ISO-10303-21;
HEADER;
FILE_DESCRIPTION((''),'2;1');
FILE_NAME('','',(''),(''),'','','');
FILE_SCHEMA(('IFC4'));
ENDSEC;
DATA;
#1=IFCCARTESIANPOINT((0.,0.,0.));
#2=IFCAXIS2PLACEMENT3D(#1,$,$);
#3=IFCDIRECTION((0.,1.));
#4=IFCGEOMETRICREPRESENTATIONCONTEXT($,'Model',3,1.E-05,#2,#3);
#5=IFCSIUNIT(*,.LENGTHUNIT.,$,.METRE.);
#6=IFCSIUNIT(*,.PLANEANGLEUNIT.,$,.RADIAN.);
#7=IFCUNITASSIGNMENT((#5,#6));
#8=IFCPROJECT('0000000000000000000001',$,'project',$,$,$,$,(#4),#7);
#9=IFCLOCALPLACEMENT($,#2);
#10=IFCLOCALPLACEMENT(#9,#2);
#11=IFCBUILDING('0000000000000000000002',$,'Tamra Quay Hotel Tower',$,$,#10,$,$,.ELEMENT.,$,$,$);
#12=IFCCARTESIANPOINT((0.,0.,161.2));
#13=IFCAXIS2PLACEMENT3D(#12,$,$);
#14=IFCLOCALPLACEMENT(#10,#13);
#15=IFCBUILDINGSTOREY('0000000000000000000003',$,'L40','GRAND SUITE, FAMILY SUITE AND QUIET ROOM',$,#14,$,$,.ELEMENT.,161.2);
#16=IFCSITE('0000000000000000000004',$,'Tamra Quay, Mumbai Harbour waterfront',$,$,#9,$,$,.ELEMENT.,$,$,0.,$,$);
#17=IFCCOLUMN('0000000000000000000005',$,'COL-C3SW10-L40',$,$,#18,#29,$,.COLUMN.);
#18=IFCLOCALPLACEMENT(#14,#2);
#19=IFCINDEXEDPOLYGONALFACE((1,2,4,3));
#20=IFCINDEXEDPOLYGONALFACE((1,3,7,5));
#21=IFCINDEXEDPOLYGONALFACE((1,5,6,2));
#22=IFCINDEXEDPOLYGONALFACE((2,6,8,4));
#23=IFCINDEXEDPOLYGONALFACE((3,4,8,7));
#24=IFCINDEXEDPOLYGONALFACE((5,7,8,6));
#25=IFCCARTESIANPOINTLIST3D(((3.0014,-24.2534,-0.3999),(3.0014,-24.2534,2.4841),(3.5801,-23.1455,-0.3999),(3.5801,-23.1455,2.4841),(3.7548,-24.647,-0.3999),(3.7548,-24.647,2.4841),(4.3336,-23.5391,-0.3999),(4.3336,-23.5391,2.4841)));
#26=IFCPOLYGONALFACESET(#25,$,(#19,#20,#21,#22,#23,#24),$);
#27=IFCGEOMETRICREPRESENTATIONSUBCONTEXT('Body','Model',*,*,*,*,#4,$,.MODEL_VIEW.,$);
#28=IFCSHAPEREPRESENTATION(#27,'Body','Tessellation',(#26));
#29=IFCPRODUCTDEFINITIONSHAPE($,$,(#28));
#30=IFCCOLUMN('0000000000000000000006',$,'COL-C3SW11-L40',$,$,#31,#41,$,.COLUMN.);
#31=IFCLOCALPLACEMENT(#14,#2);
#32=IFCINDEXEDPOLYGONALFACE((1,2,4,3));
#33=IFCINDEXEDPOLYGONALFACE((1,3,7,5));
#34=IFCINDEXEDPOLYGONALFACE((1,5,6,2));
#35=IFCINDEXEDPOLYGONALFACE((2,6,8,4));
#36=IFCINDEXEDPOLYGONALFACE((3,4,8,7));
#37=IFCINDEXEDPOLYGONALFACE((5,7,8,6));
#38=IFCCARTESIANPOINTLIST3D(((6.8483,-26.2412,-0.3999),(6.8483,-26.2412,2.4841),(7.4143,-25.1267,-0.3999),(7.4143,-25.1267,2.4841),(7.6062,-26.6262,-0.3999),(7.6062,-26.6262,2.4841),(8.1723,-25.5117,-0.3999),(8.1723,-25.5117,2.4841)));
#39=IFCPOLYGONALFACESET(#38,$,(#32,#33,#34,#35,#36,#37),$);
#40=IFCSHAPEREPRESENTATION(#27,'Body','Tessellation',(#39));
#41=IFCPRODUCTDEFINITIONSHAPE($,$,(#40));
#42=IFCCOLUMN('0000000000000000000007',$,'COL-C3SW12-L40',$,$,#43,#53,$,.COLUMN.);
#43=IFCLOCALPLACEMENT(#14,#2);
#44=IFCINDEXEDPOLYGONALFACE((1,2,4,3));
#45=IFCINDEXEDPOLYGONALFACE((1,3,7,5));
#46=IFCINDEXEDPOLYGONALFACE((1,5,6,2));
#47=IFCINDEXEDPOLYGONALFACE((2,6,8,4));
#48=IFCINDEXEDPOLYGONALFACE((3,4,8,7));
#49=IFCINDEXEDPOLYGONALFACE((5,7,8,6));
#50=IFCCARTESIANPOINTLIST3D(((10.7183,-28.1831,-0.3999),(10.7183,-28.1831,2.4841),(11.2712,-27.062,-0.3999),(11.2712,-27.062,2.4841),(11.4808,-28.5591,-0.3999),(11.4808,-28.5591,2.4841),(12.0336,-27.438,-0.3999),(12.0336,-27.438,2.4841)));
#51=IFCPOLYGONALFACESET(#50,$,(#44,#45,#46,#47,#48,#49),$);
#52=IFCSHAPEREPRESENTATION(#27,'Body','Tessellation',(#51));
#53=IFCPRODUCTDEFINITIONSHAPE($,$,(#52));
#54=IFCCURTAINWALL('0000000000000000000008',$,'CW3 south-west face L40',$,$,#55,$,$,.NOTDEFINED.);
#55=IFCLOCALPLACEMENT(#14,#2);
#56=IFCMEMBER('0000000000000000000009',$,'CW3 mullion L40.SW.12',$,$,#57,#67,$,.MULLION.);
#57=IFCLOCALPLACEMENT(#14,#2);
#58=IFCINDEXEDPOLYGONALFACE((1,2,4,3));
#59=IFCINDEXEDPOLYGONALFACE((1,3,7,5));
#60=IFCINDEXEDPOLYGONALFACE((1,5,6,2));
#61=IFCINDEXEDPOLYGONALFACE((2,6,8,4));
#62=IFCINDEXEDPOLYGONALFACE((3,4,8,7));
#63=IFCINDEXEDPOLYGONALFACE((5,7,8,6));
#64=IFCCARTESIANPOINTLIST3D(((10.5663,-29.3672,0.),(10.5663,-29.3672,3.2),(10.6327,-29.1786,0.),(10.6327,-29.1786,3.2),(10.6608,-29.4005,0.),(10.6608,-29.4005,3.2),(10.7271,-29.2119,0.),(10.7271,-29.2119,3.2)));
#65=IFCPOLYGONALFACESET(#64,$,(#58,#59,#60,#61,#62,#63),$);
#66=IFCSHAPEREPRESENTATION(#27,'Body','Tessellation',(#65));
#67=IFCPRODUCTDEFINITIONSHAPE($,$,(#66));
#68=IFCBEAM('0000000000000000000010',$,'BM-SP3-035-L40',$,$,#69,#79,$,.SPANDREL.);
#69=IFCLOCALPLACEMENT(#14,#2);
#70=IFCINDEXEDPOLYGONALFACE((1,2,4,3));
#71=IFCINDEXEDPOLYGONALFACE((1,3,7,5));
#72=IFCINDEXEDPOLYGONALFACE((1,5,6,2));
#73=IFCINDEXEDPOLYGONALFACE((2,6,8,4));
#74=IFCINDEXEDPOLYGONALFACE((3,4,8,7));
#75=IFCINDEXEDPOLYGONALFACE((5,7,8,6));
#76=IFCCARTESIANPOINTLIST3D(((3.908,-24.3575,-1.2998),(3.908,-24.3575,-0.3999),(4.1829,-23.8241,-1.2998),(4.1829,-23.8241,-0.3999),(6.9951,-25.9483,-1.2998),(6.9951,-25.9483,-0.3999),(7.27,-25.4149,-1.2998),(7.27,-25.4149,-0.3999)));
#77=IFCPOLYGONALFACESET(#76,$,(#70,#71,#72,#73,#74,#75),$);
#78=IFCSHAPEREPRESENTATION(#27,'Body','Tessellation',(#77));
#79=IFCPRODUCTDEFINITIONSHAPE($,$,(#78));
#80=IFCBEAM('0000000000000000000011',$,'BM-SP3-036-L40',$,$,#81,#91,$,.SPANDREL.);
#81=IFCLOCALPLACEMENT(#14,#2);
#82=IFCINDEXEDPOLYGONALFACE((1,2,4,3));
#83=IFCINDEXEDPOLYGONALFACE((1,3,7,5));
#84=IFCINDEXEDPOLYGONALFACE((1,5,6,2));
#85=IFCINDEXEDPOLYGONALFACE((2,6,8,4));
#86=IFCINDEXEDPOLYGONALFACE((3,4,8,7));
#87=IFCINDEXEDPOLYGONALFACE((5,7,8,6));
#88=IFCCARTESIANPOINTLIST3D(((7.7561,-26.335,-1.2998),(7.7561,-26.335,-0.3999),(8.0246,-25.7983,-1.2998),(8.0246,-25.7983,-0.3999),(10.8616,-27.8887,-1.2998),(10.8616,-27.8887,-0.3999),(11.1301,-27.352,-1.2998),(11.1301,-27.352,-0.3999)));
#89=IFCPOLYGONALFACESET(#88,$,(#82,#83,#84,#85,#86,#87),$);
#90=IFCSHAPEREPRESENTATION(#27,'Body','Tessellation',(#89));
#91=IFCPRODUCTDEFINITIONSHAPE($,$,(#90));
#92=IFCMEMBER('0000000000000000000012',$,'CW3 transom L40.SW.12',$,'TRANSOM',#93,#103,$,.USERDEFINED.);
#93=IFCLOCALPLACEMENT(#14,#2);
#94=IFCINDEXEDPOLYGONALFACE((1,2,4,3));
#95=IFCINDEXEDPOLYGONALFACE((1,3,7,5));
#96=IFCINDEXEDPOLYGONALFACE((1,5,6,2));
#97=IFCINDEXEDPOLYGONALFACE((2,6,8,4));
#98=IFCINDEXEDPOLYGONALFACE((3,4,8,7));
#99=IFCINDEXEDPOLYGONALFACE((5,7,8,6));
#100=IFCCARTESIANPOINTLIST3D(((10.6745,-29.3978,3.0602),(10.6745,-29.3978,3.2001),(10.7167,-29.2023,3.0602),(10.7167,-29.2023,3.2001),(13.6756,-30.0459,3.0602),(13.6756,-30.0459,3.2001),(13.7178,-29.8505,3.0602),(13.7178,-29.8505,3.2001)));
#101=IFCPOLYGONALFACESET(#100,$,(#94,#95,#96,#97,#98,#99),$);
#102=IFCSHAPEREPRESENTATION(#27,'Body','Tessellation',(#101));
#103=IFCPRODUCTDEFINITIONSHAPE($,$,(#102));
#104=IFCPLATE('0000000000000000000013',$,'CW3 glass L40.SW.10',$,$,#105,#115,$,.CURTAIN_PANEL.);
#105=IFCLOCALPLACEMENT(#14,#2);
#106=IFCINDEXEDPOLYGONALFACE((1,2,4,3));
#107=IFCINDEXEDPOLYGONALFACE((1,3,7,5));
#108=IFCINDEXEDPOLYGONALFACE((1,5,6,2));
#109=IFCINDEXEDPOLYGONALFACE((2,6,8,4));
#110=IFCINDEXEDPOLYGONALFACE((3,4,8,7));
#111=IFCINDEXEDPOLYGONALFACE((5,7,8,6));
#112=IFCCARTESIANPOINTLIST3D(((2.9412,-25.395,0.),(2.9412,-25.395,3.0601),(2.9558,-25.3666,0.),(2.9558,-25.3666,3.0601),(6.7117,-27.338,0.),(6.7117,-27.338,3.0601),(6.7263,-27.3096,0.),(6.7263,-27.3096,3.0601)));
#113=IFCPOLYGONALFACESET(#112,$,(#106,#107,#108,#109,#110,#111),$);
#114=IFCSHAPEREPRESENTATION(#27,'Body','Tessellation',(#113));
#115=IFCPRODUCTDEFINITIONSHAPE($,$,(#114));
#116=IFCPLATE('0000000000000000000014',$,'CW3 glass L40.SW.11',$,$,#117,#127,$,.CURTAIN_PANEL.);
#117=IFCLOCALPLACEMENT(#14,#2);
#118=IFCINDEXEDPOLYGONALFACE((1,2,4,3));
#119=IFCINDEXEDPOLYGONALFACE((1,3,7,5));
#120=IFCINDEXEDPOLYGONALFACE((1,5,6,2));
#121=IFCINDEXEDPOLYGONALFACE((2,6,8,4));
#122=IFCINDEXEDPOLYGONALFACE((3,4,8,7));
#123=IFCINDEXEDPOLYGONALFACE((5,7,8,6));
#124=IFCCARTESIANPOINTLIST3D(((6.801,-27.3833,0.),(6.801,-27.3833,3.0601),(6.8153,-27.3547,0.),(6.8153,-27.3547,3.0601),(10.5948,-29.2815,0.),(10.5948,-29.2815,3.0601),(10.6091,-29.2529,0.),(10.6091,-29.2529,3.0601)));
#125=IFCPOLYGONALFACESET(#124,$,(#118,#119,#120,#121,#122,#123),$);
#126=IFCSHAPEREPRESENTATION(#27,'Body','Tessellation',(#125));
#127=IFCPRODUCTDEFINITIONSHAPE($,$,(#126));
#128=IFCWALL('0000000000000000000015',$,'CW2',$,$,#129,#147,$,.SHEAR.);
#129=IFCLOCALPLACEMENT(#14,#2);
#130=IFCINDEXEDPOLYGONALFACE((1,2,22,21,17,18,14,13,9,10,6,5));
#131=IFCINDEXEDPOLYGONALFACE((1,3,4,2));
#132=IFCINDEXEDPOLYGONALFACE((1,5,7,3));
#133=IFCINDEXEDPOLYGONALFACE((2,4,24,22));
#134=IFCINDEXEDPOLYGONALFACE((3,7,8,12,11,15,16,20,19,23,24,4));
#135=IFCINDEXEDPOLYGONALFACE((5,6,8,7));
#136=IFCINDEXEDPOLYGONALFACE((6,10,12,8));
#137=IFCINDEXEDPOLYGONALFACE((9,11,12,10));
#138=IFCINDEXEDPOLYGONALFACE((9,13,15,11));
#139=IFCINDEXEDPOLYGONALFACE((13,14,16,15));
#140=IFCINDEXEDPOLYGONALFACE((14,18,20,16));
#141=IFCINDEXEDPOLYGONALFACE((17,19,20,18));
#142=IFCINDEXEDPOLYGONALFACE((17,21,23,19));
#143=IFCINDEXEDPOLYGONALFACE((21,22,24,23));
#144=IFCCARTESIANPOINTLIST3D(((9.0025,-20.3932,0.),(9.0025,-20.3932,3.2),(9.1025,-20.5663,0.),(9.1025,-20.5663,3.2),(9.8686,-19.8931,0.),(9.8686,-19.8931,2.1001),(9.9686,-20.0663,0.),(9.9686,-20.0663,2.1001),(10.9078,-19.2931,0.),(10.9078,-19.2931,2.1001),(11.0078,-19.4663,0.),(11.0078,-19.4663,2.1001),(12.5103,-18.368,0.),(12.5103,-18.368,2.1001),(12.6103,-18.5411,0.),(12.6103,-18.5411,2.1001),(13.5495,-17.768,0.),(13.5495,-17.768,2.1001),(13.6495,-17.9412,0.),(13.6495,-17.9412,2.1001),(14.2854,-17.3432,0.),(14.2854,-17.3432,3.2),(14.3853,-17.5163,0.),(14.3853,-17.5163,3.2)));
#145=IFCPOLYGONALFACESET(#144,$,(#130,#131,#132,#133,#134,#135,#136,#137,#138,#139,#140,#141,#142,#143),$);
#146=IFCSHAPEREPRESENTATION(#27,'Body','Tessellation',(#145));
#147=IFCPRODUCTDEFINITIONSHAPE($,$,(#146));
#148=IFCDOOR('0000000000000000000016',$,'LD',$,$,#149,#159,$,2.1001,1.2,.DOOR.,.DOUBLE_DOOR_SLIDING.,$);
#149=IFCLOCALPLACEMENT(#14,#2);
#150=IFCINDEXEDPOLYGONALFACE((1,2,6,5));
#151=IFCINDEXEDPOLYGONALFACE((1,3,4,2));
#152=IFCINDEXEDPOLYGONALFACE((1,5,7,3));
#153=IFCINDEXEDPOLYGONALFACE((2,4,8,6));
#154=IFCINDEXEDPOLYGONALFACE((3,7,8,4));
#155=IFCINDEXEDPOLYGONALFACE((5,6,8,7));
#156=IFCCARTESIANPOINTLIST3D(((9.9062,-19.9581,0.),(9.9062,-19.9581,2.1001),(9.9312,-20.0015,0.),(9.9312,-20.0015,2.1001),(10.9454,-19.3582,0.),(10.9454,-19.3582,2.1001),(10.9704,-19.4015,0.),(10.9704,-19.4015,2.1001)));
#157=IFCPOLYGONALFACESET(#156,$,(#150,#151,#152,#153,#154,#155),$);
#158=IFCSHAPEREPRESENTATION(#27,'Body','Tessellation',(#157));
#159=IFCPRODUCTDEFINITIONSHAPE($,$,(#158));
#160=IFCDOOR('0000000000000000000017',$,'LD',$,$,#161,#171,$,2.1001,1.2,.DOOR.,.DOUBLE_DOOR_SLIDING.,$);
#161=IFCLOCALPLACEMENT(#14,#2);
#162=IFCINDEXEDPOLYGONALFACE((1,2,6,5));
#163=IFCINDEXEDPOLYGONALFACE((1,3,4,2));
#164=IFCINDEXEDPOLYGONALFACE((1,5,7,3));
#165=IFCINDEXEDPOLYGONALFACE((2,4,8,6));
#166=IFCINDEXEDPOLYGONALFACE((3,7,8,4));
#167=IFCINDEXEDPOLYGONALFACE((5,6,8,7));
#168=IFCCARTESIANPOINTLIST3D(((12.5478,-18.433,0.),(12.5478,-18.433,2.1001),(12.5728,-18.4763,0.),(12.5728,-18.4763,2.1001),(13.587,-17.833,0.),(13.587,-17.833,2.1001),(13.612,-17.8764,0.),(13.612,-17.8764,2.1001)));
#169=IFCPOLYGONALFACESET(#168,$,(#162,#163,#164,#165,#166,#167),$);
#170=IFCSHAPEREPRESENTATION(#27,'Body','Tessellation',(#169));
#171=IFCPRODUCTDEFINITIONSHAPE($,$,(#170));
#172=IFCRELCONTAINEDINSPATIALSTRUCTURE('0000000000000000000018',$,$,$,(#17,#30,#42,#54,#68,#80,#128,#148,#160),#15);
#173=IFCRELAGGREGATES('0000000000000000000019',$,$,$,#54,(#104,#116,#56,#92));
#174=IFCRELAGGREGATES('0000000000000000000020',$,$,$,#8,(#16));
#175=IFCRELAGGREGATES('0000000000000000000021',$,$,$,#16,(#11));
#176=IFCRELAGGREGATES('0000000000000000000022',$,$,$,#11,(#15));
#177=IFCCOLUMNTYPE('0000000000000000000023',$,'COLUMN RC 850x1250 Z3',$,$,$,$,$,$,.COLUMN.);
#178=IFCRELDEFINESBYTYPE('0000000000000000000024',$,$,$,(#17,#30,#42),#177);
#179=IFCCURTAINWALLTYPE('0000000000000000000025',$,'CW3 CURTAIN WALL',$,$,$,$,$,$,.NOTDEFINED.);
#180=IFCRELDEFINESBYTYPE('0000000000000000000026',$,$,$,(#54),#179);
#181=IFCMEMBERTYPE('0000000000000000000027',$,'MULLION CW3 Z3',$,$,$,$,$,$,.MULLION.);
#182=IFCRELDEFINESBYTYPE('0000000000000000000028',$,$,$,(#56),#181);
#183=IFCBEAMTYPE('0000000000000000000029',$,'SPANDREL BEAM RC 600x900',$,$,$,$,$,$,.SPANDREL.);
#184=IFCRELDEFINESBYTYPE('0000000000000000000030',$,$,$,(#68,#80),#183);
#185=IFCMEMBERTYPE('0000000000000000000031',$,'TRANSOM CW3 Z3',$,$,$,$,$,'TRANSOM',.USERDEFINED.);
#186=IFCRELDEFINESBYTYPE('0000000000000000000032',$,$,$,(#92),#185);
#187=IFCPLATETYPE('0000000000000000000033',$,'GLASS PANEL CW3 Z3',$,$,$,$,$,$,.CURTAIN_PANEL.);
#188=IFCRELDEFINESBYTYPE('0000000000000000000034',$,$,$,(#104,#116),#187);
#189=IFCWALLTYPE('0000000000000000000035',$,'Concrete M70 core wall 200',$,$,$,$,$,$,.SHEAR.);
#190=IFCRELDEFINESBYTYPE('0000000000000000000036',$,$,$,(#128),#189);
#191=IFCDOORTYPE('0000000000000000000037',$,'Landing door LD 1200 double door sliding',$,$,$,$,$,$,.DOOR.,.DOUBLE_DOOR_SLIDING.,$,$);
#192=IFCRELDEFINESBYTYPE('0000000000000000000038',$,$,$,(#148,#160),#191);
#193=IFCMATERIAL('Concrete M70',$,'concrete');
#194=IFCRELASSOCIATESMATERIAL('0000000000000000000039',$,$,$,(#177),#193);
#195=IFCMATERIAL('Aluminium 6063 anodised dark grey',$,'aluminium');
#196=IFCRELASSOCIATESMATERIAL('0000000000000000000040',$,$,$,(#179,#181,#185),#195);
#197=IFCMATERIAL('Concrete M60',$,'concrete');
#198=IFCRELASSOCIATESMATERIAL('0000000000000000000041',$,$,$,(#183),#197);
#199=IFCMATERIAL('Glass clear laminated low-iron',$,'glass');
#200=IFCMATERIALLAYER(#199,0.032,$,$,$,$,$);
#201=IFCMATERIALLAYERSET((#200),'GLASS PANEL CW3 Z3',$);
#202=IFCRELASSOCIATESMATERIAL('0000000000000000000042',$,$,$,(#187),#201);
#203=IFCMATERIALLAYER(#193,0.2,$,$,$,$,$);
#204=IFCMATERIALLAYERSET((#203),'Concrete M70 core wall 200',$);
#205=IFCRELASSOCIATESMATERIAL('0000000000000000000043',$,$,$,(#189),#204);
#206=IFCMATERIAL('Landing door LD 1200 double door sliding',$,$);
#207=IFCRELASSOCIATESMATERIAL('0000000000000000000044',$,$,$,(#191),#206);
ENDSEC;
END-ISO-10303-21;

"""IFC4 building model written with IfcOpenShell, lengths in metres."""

from ifc_helpers import new_model, si_unit, direction, frame, frame_2d, origin, origin_2d, place, context, subcontext, project, spatial, rectangle, extrude, material, layer, layer_set, material_profile, profile_set, type_object, element, fill, aggregate, save


model = new_model("IFC4")

# Units and contexts
model_context = context("Model", 3, precision=1e-05, world=origin(), true_north=direction((0.0, 1.0)))
body_context = subcontext(model_context, "Body", "Model", "MODEL_VIEW")
ifc_project = project(units=[si_unit("LENGTHUNIT", "METRE"), si_unit("PLANEANGLEUNIT", "RADIAN")], contexts=[model_context])

# Site, building, storey
site_placement = place(None, origin())
site = spatial("IfcSite", under=ifc_project, at=site_placement, Name="Tamra Quay, Mumbai Harbour waterfront", CompositionType="ELEMENT", RefElevation=0.0)
building_placement = place(site_placement, origin())
building = spatial("IfcBuilding", under=site, at=building_placement, Name="Tamra Quay Hotel Tower", CompositionType="ELEMENT")
storey_placement = place(building_placement, frame((0.0, 0.0, 161.2)))
storey = spatial("IfcBuildingStorey", under=building, at=storey_placement, Name="L40", Description="GRAND SUITE, FAMILY SUITE AND QUIET ROOM", CompositionType="ELEMENT", Elevation=161.2)

# Columns
ifc_material_1 = material(Name="Concrete M70", Category="concrete")
ifc_material_profile_1 = material_profile(ifc_material_1, rectangle(XDim=1.25, YDim=0.8501, at=origin_2d()), Name="COLUMN RC 850x1250 Z3")
ifc_profile_set_1 = profile_set([ifc_material_profile_1], Name="Concrete M70")
column_type = type_object("IfcColumnType", Name="COLUMN RC 850x1250 Z3", PredefinedType="COLUMN", material=ifc_profile_set_1)
for number, where, z_axis, x_axis, name in (
    (1, (3.6675, -23.8962, -0.3999), (0.0, 0.0, 1.0), (0.463007, 0.886355, 0.0), "COL-C3SW10-L40"),
    (2, (7.5103, -25.8765, -0.3999), (0.0, 0.0, 1.0), (0.45286, 0.891582, 0.0), "COL-C3SW11-L40"),
    (3, (11.376, -27.8105, -0.3999), (0.0, 0.0, 1.0), (0.442275, 0.89688, 0.0), "COL-C3SW12-L40"),
):
    element("IfcColumn", number, at=place(storey_placement, frame(where, z_axis=z_axis, x_axis=x_axis)), inside=storey, type_object=column_type, Name=name, PredefinedType="COLUMN", context=body_context, shape_type="SweptSolid", body=[
        extrude(rectangle(XDim=1.25, YDim=0.8501, at=origin_2d()), origin(), (0.0, 0.0, 1.0), 2.884),
    ])

# Curtain wall, member
ifc_material_2 = material(Name="Aluminium 6063 anodised dark grey", Category="aluminium")
curtain_wall_type = type_object("IfcCurtainWallType", Name="CW3 CURTAIN WALL", PredefinedType="NOTDEFINED", material=ifc_material_2)
curtain_wall_placement = place(storey_placement, origin())
curtain_wall = element("IfcCurtainWall", 4, at=curtain_wall_placement, inside=storey, type_object=curtain_wall_type, Name="CW3 south-west face L40", PredefinedType="NOTDEFINED")
ifc_material_profile_2 = material_profile(ifc_material_2, rectangle(XDim=0.2, YDim=0.1001, at=origin_2d()), Name="MULLION 100X200")
ifc_profile_set_2 = profile_set([ifc_material_profile_2], Name="Aluminium 6063 anodised dark grey")
member_type_1 = type_object("IfcMemberType", Name="MULLION CW3 Z3", PredefinedType="MULLION", material=ifc_profile_set_2)
member_1_placement = place(storey_placement, frame((10.6467, -29.2896, 0.0), z_axis=(0.0, 0.0, 1.0), x_axis=(-0.331894, -0.943317, 0.0)))
member_1 = element("IfcMember", 5, at=member_1_placement, type_object=member_type_1, Name="CW3 mullion L40.SW.12", PredefinedType="MULLION", context=body_context, shape_type="SweptSolid", body=[
    extrude(rectangle(XDim=0.2, YDim=0.1001, at=origin_2d()), origin(), (0.0, 0.0, 1.0), 3.2),
])

# Beams
ifc_material_3 = material(Name="Concrete M60", Category="concrete")
ifc_material_profile_3 = material_profile(ifc_material_3, rectangle(XDim=0.6001, YDim=0.8999, at=origin_2d()), Name="SPANDREL BEAM RC 600x900")
ifc_profile_set_3 = profile_set([ifc_material_profile_3], Name="Concrete M60")
beam_type = type_object("IfcBeamType", Name="SPANDREL BEAM RC 600x900", PredefinedType="SPANDREL", material=ifc_profile_set_3)
beam_1_placement = place(storey_placement, frame((4.0454, -24.0908, -0.8499), z_axis=(0.88892, -0.458063, 0.0), x_axis=(0.458063, 0.88892, 0.0)))
element("IfcBeam", 6, at=beam_1_placement, inside=storey, type_object=beam_type, Name="BM-SP3-035-L40", PredefinedType="SPANDREL", context=body_context, shape_type="SweptSolid", body=[
    extrude(rectangle(XDim=0.6001, YDim=0.8999, at=origin_2d()), origin(), (0.0, 0.0, 1.0), 3.4729),
])
beam_2_placement = place(storey_placement, frame((7.8904, -26.0667, -0.8499), z_axis=(0.894315, -0.447439, 0.0), x_axis=(0.447439, 0.894315, 0.0)))
element("IfcBeam", 7, at=beam_2_placement, inside=storey, type_object=beam_type, Name="BM-SP3-036-L40", PredefinedType="SPANDREL", context=body_context, shape_type="SweptSolid", body=[
    extrude(rectangle(XDim=0.6001, YDim=0.8999, at=origin_2d()), origin(), (0.0, 0.0, 1.0), 3.4724),
])

# Member
ifc_material_profile_4 = material_profile(ifc_material_2, rectangle(XDim=0.2, YDim=0.1399, at=origin_2d()), Name="TRANSOM 200X140")
ifc_profile_set_4 = profile_set([ifc_material_profile_4], Name="Aluminium 6063 anodised dark grey")
member_type_2 = type_object("IfcMemberType", Name="TRANSOM CW3 Z3", ElementType="TRANSOM", PredefinedType="USERDEFINED", material=ifc_profile_set_4)
member_2_placement = place(storey_placement, frame((10.6956, -29.3, 3.1301), z_axis=(0.977463, -0.211109, 0.0), x_axis=(0.211109, 0.977463, 0.0)))
member_2 = element("IfcMember", 8, at=member_2_placement, type_object=member_type_2, Name="CW3 transom L40.SW.12", ObjectType="TRANSOM", PredefinedType="USERDEFINED", context=body_context, shape_type="SweptSolid", body=[
    extrude(rectangle(XDim=0.2, YDim=0.1399, at=origin_2d()), origin(), (0.0, 0.0, 1.0), 3.0703),
])

# Plates
ifc_material_4 = material(Name="Glass clear laminated low-iron", Category="glass")
ifc_layer_1 = layer(ifc_material_4, 0.032)
ifc_layer_set_1 = layer_set([ifc_layer_1], Name="GLASS PANEL CW3 Z3")
plate_type = type_object("IfcPlateType", Name="GLASS PANEL CW3 Z3", PredefinedType="CURTAIN_PANEL", material=ifc_layer_set_1)
plate_1_placement = place(storey_placement, frame((4.8337, -26.3523, 0.0), z_axis=(0.0, 0.0, 1.0), x_axis=(0.888911, -0.45808, 0.0)))
plate_1 = element("IfcPlate", 9, at=plate_1_placement, type_object=plate_type, Name="CW3 glass L40.SW.10", PredefinedType="CURTAIN_PANEL", context=body_context, shape_type="SweptSolid", body=[
    extrude(rectangle(XDim=4.2417, YDim=0.032, at=origin_2d()), origin(), (0.0, 0.0, 1.0), 3.0601),
])
plate_2_placement = place(storey_placement, frame((8.7051, -28.3181, 0.0), z_axis=(0.0, 0.0, 1.0), x_axis=(0.894305, -0.447459, 0.0)))
plate_2 = element("IfcPlate", 10, at=plate_2_placement, type_object=plate_type, Name="CW3 glass L40.SW.11", PredefinedType="CURTAIN_PANEL", context=body_context, shape_type="SweptSolid", body=[
    extrude(rectangle(XDim=4.2422, YDim=0.032, at=origin_2d()), origin(), (0.0, 0.0, 1.0), 3.0601),
])
aggregate(curtain_wall, [plate_1, plate_2, member_1, member_2])

# Wall, openings, doors
ifc_layer_2 = layer(ifc_material_1, 0.2)
ifc_layer_set_2 = layer_set([ifc_layer_2], Name="Concrete M70 core wall 200")
wall_type_1 = type_object("IfcWallType", Name="Concrete M70 core wall 200", PredefinedType="SHEAR", material=ifc_layer_set_2)
wall_1_placement = place(storey_placement, frame((9.0525, -20.4797, 0.0), z_axis=(0.0, 0.0, 1.0), x_axis=(0.86603, 0.499992, 0.0)))
wall_1 = element("IfcWall", 11, at=wall_1_placement, inside=storey, type_object=wall_type_1, Name="CW2", PredefinedType="SHEAR", context=body_context, shape_type="SweptSolid", body=[
    extrude(rectangle(XDim=6.1001, YDim=0.2, at=frame_2d((3.05, 0.0))), origin(), (0.0, 0.0, 1.0), 3.2),
])
opening_1_placement = place(wall_1_placement, frame((1.0, 0.0, 0.0)))
opening_1 = element("IfcOpeningElement", 12, at=opening_1_placement, cuts=wall_1, PredefinedType="OPENING", context=body_context, shape_type="SweptSolid", body=[
    extrude(rectangle(XDim=1.2, YDim=2.1001, at=frame_2d((0.6001, 1.05))), frame((0.0, 0.1099, 0.0), z_axis=(0.0, -1.0, 0.0), x_axis=(1.0, 0.0, 0.0)), (0.0, 0.0, 1.0), 0.22),
])
opening_2_placement = place(wall_1_placement, frame((4.0503, 0.0, 0.0)))
opening_2 = element("IfcOpeningElement", 13, at=opening_2_placement, cuts=wall_1, PredefinedType="OPENING", context=body_context, shape_type="SweptSolid", body=[
    extrude(rectangle(XDim=1.2, YDim=2.1001, at=frame_2d((0.6001, 1.05))), frame((0.0, 0.1099, 0.0), z_axis=(0.0, -1.0, 0.0), x_axis=(1.0, 0.0, 0.0)), (0.0, 0.0, 1.0), 0.22),
])
ifc_material_5 = material(Name="Landing door LD 1200 double door sliding")
door_type_1 = type_object("IfcDoorType", Name="Landing door LD 1200 double door sliding", OperationType="DOUBLE_DOOR_SLIDING", PredefinedType="DOOR", material=ifc_material_5)
door_1_placement = place(opening_1_placement, origin())
door_1 = element("IfcDoor", 14, at=door_1_placement, inside=storey, type_object=door_type_1, Name="LD", OperationType="DOUBLE_DOOR_SLIDING", OverallHeight=2.1001, OverallWidth=1.2, PredefinedType="DOOR", context=body_context, shape_type="SweptSolid", body=[
    extrude(rectangle(XDim=1.2, YDim=2.1001, at=frame_2d((0.6001, 1.05))), frame((0.0, 0.0249, 0.0), z_axis=(0.0, -1.0, 0.0), x_axis=(1.0, 0.0, 0.0)), (0.0, 0.0, 1.0), 0.05),
])
fill(opening_1, door_1)
door_2_placement = place(opening_2_placement, origin())
door_2 = element("IfcDoor", 15, at=door_2_placement, inside=storey, type_object=door_type_1, Name="LD", OperationType="DOUBLE_DOOR_SLIDING", OverallHeight=2.1001, OverallWidth=1.2, PredefinedType="DOOR", context=body_context, shape_type="SweptSolid", body=[
    extrude(rectangle(XDim=1.2, YDim=2.1001, at=frame_2d((0.6001, 1.05))), frame((0.0, 0.0249, 0.0), z_axis=(0.0, -1.0, 0.0), x_axis=(1.0, 0.0, 0.0)), (0.0, 0.0, 1.0), 0.05),
])
fill(opening_2, door_2)

save(model, "model.ifc")
